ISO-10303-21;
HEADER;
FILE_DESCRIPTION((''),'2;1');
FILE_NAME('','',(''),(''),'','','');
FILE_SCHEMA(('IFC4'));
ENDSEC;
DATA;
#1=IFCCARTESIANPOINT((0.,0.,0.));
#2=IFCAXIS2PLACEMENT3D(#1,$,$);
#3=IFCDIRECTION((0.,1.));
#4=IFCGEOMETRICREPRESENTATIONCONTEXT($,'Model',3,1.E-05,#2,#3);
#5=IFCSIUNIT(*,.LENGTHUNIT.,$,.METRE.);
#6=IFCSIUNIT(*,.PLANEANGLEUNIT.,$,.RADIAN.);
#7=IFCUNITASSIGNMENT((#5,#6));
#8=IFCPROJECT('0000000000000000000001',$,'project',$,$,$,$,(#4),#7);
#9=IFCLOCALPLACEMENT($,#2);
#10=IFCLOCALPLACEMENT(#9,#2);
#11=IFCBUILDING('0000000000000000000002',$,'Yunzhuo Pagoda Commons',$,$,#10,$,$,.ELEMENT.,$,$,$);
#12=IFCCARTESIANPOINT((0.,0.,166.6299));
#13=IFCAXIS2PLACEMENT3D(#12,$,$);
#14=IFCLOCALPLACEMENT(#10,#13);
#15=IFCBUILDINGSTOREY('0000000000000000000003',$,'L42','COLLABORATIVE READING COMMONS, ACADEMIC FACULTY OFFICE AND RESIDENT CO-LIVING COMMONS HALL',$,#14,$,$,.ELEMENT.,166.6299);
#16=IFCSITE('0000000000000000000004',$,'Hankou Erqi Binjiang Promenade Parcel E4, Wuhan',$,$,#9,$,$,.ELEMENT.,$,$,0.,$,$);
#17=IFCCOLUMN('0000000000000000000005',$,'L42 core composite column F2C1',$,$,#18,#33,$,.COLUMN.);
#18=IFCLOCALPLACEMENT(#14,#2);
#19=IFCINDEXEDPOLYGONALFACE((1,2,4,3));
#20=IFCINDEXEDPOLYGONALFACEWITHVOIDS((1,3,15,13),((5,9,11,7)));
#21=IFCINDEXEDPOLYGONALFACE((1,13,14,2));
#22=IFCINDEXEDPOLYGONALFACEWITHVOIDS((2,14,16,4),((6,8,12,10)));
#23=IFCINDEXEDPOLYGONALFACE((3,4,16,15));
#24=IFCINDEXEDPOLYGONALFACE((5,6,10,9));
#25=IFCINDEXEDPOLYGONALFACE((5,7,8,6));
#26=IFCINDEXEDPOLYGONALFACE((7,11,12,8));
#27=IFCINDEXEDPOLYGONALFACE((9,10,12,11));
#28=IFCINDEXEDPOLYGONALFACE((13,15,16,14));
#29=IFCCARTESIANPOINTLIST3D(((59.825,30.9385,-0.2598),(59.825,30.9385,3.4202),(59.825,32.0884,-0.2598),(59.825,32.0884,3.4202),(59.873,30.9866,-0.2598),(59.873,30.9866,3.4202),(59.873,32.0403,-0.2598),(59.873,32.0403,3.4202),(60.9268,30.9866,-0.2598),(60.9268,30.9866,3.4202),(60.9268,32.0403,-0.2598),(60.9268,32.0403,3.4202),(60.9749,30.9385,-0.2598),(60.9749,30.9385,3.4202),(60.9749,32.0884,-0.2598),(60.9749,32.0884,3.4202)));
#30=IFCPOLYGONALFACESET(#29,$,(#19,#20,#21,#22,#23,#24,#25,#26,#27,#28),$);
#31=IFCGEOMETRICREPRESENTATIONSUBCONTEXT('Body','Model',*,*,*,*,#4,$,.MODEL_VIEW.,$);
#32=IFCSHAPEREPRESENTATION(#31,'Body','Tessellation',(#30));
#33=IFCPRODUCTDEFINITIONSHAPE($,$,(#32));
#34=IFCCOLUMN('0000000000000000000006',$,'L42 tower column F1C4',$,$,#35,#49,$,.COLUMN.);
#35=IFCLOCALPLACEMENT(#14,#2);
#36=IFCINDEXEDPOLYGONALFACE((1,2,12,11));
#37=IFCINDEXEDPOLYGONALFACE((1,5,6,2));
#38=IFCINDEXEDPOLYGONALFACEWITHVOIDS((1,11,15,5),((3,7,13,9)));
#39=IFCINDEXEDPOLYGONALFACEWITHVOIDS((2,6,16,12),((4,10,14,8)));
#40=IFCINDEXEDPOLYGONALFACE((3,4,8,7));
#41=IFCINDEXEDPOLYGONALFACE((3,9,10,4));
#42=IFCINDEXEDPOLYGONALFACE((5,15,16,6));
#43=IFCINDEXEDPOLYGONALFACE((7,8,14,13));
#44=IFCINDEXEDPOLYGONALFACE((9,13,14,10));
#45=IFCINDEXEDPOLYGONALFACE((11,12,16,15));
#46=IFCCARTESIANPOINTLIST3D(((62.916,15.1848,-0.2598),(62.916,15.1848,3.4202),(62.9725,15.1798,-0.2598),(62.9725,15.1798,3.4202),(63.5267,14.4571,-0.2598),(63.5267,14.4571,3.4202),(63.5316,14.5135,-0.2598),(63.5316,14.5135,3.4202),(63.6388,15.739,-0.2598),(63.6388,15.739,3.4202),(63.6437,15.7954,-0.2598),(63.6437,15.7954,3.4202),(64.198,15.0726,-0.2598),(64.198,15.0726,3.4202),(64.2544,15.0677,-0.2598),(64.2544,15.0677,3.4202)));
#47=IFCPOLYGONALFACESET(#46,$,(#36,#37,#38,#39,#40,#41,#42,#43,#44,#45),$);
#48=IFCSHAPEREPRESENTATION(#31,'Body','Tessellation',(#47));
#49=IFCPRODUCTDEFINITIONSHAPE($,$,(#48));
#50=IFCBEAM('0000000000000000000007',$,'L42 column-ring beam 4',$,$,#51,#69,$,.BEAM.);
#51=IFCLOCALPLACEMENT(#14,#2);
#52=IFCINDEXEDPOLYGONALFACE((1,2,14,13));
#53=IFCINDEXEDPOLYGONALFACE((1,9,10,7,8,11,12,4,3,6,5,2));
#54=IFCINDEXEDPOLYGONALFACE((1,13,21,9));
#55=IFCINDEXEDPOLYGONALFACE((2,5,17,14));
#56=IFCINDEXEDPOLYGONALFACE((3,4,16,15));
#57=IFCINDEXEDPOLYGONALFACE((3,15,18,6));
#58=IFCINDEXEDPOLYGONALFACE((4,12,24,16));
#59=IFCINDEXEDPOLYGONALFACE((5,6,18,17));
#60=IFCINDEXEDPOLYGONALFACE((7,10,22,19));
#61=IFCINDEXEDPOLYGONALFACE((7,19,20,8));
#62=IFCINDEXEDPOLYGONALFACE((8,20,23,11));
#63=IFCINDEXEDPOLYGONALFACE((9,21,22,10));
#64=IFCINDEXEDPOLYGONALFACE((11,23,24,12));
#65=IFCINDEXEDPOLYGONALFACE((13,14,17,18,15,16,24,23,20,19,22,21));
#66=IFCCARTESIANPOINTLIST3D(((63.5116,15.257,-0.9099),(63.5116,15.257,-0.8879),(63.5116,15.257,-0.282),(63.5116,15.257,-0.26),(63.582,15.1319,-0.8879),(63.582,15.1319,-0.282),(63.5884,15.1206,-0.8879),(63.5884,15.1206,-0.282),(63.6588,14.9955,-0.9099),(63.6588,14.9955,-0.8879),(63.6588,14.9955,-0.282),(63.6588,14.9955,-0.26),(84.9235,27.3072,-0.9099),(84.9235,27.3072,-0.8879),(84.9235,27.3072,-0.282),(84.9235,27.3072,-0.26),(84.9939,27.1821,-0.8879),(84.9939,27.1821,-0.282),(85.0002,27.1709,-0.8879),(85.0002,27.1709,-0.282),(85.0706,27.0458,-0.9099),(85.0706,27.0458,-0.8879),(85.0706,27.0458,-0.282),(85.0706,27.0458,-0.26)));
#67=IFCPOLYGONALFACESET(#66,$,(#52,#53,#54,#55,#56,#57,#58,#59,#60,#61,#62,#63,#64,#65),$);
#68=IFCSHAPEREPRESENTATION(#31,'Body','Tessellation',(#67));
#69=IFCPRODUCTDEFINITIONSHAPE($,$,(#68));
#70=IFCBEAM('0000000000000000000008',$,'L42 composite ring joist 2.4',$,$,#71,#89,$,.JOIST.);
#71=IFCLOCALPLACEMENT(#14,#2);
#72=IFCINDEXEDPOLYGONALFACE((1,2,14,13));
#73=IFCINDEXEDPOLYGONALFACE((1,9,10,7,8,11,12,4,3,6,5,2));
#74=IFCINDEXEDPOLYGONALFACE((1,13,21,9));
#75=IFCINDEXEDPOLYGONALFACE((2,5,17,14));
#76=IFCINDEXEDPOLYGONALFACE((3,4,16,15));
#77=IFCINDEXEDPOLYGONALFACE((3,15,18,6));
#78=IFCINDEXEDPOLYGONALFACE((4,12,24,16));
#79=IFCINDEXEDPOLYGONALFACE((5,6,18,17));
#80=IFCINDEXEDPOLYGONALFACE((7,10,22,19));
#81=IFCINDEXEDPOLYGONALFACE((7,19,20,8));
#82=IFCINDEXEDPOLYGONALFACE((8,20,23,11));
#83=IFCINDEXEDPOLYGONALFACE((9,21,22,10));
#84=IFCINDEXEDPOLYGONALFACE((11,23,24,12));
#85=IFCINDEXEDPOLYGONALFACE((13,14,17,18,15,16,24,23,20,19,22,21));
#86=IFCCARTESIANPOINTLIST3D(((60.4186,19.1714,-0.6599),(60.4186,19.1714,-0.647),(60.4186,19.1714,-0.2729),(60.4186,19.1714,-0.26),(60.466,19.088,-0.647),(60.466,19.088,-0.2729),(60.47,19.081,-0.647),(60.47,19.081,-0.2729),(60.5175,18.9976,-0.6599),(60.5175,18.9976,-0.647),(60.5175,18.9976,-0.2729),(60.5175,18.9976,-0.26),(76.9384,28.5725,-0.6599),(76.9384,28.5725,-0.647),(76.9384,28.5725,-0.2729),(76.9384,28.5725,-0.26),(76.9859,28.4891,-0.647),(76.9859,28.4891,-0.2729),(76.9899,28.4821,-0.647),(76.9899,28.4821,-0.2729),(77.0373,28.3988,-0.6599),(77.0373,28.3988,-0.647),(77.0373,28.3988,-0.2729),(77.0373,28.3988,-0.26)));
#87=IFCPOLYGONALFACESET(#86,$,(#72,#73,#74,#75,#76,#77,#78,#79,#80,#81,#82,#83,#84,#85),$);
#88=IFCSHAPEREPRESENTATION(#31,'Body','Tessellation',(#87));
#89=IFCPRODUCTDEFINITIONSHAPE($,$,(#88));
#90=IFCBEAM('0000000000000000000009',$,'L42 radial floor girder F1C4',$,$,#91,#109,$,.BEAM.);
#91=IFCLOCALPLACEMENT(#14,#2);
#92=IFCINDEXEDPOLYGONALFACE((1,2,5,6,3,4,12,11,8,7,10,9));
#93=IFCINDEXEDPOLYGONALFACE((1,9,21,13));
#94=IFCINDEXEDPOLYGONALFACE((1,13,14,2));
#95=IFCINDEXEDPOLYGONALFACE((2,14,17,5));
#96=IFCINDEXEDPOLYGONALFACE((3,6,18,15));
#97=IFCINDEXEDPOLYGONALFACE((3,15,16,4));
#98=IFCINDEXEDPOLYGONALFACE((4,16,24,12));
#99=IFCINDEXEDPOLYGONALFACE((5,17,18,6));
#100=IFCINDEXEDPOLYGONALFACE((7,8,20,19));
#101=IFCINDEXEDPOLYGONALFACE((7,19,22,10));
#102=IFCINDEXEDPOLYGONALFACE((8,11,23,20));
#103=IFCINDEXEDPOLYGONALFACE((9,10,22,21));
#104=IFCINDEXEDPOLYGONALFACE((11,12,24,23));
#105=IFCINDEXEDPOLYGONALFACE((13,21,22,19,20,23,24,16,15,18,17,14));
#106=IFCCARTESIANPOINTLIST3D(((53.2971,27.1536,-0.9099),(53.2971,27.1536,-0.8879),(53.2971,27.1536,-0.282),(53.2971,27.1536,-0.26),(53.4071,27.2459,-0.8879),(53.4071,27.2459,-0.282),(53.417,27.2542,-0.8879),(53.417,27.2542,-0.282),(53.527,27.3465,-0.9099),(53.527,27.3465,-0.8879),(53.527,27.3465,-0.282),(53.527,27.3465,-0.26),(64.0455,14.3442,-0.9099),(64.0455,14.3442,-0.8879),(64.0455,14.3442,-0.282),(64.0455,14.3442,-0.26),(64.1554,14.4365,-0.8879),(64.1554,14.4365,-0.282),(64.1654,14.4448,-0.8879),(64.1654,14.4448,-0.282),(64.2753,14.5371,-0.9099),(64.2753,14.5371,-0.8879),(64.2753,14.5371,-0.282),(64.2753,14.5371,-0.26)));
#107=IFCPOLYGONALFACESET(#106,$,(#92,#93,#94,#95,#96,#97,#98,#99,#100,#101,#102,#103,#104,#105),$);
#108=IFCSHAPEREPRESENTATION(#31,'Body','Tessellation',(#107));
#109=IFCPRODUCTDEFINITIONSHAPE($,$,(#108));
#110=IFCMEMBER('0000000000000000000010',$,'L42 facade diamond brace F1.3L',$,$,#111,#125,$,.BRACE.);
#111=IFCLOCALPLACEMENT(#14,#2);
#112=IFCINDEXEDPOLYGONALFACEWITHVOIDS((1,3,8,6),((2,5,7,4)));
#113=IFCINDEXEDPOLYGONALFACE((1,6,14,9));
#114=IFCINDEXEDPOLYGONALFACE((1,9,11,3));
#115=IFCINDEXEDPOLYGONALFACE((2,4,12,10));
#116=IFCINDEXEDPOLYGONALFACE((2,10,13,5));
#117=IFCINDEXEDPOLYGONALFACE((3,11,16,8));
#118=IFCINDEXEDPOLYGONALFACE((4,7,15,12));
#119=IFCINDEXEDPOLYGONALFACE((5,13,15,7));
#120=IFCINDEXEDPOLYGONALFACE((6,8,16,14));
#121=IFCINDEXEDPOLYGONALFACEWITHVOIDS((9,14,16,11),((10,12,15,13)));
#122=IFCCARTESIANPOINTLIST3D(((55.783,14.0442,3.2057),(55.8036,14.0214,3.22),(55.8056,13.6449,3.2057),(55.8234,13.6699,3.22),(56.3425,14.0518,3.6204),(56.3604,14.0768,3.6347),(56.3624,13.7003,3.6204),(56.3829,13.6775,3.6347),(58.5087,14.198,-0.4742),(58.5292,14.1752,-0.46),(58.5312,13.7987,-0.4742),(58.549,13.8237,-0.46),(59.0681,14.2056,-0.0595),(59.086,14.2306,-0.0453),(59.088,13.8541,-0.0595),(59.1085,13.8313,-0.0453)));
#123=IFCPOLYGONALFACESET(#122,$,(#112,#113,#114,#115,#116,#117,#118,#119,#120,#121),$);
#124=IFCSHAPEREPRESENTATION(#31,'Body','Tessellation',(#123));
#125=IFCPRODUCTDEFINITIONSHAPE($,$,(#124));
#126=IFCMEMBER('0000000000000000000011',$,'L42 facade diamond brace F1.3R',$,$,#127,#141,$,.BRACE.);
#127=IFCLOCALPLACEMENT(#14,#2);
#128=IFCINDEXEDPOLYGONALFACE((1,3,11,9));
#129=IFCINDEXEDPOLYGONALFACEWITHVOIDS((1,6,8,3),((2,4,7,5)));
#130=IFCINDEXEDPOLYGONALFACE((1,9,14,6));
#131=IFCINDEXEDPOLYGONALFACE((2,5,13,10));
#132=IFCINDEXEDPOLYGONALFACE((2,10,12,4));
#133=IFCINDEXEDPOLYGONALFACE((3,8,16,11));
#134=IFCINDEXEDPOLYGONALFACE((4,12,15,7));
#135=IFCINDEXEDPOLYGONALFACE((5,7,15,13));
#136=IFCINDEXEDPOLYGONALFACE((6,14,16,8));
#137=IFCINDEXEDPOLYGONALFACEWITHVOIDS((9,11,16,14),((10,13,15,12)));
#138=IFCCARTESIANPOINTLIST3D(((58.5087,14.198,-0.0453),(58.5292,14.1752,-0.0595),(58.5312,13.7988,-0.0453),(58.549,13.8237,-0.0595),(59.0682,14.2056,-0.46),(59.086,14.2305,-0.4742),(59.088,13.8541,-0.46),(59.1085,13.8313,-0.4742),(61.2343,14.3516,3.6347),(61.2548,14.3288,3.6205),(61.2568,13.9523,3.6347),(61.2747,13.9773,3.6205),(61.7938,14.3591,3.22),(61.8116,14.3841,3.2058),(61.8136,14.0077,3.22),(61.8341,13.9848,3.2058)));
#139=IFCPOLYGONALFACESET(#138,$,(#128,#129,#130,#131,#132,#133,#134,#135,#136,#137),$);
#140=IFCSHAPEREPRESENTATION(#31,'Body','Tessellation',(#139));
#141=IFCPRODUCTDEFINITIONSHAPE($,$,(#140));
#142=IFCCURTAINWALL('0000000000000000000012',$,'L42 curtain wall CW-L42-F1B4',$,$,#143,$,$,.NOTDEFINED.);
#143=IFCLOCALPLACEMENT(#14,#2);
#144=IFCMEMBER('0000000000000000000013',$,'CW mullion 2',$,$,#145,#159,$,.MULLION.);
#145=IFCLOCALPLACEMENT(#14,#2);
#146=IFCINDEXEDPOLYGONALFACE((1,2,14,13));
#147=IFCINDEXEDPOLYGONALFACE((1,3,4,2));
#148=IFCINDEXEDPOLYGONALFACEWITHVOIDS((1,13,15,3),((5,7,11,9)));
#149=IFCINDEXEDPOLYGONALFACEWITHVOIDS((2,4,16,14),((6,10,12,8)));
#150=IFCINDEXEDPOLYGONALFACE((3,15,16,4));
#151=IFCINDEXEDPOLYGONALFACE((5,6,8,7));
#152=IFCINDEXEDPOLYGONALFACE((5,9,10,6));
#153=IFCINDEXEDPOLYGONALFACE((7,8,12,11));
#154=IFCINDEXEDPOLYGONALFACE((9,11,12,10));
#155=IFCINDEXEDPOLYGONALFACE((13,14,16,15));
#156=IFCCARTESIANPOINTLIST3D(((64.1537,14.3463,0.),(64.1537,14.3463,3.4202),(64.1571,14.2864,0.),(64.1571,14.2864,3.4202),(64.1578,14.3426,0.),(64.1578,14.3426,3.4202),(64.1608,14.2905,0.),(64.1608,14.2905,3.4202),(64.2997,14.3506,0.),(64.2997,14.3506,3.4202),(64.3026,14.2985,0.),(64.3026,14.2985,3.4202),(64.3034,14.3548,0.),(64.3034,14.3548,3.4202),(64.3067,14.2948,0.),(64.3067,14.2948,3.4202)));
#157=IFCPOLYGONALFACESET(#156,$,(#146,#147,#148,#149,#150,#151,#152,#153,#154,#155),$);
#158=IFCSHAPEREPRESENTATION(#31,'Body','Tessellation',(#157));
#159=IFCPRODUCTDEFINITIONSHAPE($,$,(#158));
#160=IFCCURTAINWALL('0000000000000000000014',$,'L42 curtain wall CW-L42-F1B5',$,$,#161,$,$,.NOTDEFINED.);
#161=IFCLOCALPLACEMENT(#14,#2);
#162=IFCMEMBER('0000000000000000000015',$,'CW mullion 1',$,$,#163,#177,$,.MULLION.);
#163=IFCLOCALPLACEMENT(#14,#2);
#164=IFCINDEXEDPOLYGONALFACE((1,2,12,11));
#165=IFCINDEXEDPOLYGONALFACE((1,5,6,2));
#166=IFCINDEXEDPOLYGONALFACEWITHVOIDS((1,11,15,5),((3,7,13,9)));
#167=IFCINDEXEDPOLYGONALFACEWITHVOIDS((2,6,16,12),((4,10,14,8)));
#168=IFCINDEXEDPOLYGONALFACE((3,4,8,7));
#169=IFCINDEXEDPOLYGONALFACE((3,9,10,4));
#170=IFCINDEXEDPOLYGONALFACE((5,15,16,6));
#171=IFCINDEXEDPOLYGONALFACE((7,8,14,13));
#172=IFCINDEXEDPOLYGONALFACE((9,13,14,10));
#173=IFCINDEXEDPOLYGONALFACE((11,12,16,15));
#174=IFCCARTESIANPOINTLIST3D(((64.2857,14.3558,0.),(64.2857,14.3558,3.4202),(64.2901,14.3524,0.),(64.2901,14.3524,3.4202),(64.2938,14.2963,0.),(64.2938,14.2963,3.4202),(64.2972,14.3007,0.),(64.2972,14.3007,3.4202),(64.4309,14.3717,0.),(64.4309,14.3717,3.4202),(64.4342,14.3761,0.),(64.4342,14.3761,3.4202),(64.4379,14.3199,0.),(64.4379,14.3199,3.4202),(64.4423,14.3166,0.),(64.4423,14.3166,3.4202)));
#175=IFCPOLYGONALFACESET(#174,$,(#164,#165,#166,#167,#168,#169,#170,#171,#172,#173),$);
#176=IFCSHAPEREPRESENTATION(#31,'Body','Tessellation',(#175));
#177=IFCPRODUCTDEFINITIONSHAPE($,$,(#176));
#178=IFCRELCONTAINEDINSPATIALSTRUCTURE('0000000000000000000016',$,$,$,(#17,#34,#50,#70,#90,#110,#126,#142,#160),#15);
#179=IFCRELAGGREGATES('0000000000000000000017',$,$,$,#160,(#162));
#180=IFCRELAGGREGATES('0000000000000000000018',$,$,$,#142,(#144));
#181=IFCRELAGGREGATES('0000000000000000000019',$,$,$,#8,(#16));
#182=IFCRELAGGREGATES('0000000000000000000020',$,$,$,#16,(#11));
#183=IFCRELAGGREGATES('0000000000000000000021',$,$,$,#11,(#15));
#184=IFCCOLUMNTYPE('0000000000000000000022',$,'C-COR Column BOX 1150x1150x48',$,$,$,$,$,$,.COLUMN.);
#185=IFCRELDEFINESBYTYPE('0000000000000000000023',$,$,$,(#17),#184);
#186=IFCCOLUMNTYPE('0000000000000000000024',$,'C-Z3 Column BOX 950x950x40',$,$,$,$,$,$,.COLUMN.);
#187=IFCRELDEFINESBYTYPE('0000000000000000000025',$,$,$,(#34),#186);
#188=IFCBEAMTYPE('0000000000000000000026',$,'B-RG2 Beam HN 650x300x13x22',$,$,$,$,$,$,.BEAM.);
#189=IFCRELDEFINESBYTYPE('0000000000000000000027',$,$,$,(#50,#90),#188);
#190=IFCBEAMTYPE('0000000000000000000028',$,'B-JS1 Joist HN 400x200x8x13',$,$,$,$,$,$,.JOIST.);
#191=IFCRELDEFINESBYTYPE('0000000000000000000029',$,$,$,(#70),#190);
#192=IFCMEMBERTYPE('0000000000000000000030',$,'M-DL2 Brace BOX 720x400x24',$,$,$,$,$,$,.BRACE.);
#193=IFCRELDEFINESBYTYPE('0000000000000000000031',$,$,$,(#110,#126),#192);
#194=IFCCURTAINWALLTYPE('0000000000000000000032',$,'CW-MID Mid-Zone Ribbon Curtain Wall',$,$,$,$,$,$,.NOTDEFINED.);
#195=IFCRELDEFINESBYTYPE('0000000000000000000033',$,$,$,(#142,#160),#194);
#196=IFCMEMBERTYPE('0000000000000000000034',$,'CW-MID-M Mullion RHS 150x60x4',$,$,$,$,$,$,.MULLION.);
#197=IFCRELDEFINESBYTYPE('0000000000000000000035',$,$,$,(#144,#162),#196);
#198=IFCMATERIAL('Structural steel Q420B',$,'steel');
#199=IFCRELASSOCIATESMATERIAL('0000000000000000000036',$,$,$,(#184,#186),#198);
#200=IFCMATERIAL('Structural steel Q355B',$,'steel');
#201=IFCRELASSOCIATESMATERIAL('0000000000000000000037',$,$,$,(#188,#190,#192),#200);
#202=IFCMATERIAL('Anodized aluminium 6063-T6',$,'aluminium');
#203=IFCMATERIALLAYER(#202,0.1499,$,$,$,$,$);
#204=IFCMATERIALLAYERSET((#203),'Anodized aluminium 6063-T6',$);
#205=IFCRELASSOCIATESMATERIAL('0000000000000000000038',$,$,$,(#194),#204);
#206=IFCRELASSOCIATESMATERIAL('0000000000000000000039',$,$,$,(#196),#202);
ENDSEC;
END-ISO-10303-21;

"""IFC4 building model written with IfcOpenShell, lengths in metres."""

from ifc_helpers import new_model, si_unit, direction, frame, origin, origin_2d, place, context, subcontext, project, spatial, hollow_rectangle, i_section, extrude, source, transform, mapped, material, layer, layer_set, material_profile, profile_set, type_object, element, aggregate, save


model = new_model("IFC4")

# Units and contexts
model_context = context("Model", 3, precision=1e-05, world=origin(), true_north=direction((0.0, 1.0)))
body_context = subcontext(model_context, "Body", "Model", "MODEL_VIEW")
ifc_project = project(units=[si_unit("LENGTHUNIT", "METRE"), si_unit("PLANEANGLEUNIT", "RADIAN")], contexts=[model_context])

# Site, building, storey
site_placement = place(None, origin())
site = spatial("IfcSite", under=ifc_project, at=site_placement, Name="Hankou Erqi Binjiang Promenade Parcel E4, Wuhan", CompositionType="ELEMENT", RefElevation=0.0)
building_placement = place(site_placement, origin())
building = spatial("IfcBuilding", under=site, at=building_placement, Name="Yunzhuo Pagoda Commons", CompositionType="ELEMENT")
storey_placement = place(building_placement, frame((0.0, 0.0, 166.6299)))
storey = spatial("IfcBuildingStorey", under=building, at=storey_placement, Name="L42", Description="COLLABORATIVE READING COMMONS, ACADEMIC FACULTY OFFICE AND RESIDENT CO-LIVING COMMONS HALL", CompositionType="ELEMENT", Elevation=166.6299)

# Columns
ifc_material_1 = material(Name="Structural steel Q420B", Category="steel")
ifc_material_profile_1 = material_profile(ifc_material_1, hollow_rectangle(XDim=1.1499, YDim=1.1499, WallThickness=0.0481, at=origin_2d()), Name="Structural steel Q420B")
ifc_profile_set_1 = profile_set([ifc_material_profile_1], Name="Structural steel Q420B")
column_type_1 = type_object("IfcColumnType", Name="C-COR Column BOX 1150x1150x48", PredefinedType="COLUMN", material=ifc_profile_set_1)
shared_shape_1 = source(origin(), body_context, "Body", "SweptSolid", [
    extrude(hollow_rectangle(XDim=1.1499, YDim=1.1499, WallThickness=0.0481, at=origin_2d()), origin(), (0.0, 0.0, 1.0), 3.6799),
])
column_1_placement = place(storey_placement, frame((60.3999, 31.5134, -0.2598), z_axis=(0.0, 0.0, 1.0), x_axis=(1.0, 0.0, 0.0)))
element("IfcColumn", 1, at=column_1_placement, inside=storey, type_object=column_type_1, Name="L42 core composite column F2C1", PredefinedType="COLUMN", context=body_context, shape_type="MappedRepresentation", body=[
    mapped(shared_shape_1, transform((0.0, 0.0, 0.0), scale=1.0)),
])
ifc_material_profile_2 = material_profile(ifc_material_1, hollow_rectangle(XDim=0.95, YDim=0.95, WallThickness=0.04, at=origin_2d()), Name="Structural steel Q420B")
ifc_profile_set_2 = profile_set([ifc_material_profile_2], Name="Structural steel Q420B")
column_type_2 = type_object("IfcColumnType", Name="C-Z3 Column BOX 950x950x40", PredefinedType="COLUMN", material=ifc_profile_set_2)
shared_shape_2 = source(origin(), body_context, "Body", "SweptSolid", [
    extrude(hollow_rectangle(XDim=0.95, YDim=0.95, WallThickness=0.04, at=origin_2d()), origin(), (0.0, 0.0, 1.0), 3.6799),
])
column_2_placement = place(storey_placement, frame((63.5852, 15.1262, -0.2598), z_axis=(0.0, 0.0, 1.0), x_axis=(0.766044, 0.642788, 0.0)))
element("IfcColumn", 2, at=column_2_placement, inside=storey, type_object=column_type_2, Name="L42 tower column F1C4", PredefinedType="COLUMN", context=body_context, shape_type="MappedRepresentation", body=[
    mapped(shared_shape_2, transform((0.0, 0.0, 0.0), scale=1.0)),
])

# Beams
ifc_material_2 = material(Name="Structural steel Q355B", Category="steel")
ifc_material_profile_3 = material_profile(ifc_material_2, i_section(OverallWidth=0.3, OverallDepth=0.6499, WebThickness=0.0129, FlangeThickness=0.022, at=origin_2d()), Name="Structural steel Q355B")
ifc_profile_set_3 = profile_set([ifc_material_profile_3], Name="Structural steel Q355B")
beam_type_1 = type_object("IfcBeamType", Name="B-RG2 Beam HN 650x300x13x22", PredefinedType="BEAM", material=ifc_profile_set_3)
shared_shape_3 = source(origin(), body_context, "Body", "SweptSolid", [
    extrude(i_section(OverallWidth=0.3, OverallDepth=0.6499, WebThickness=0.0129, FlangeThickness=0.022, at=origin_2d()), origin(), (0.0, 0.0, 1.0), 24.5698),
])
beam_1_placement = place(storey_placement, frame((63.5852, 15.1262, -0.585), z_axis=(0.871469, 0.49045, 0.0), x_axis=(-0.49045, 0.871469, 0.0)))
element("IfcBeam", 3, at=beam_1_placement, inside=storey, type_object=beam_type_1, Name="L42 column-ring beam 4", PredefinedType="BEAM", context=body_context, shape_type="MappedRepresentation", body=[
    mapped(shared_shape_3, transform((0.0, 0.0, 0.0), scale=1.0)),
])
ifc_material_profile_4 = material_profile(ifc_material_2, i_section(OverallWidth=0.2, OverallDepth=0.3999, WebThickness=0.0081, FlangeThickness=0.0129, at=origin_2d()), Name="Structural steel Q355B")
ifc_profile_set_4 = profile_set([ifc_material_profile_4], Name="Structural steel Q355B")
beam_type_2 = type_object("IfcBeamType", Name="B-JS1 Joist HN 400x200x8x13", PredefinedType="JOIST", material=ifc_profile_set_4)
shared_shape_4 = source(origin(), body_context, "Body", "SweptSolid", [
    extrude(i_section(OverallWidth=0.2, OverallDepth=0.3999, WebThickness=0.0081, FlangeThickness=0.0129, at=origin_2d()), origin(), (0.0, 0.0, 1.0), 19.0076),
])
beam_2_placement = place(storey_placement, frame((60.468, 19.0845, -0.46), z_axis=(0.86912, 0.494601, 0.0), x_axis=(-0.494601, 0.86912, 0.0)))
element("IfcBeam", 4, at=beam_2_placement, inside=storey, type_object=beam_type_2, Name="L42 composite ring joist 2.4", PredefinedType="JOIST", context=body_context, shape_type="MappedRepresentation", body=[
    mapped(shared_shape_4, transform((0.0, 0.0, 0.0), scale=1.0)),
])
shared_shape_5 = source(origin(), body_context, "Body", "SweptSolid", [
    extrude(i_section(OverallWidth=0.3, OverallDepth=0.6499, WebThickness=0.0129, FlangeThickness=0.022, at=origin_2d()), origin(), (0.0, 0.0, 1.0), 16.7214),
])
beam_3_placement = place(storey_placement, frame((64.1604, 14.4407, -0.585), z_axis=(-0.642787, 0.766045, 0.0), x_axis=(-0.766045, -0.642787, 0.0)))
element("IfcBeam", 5, at=beam_3_placement, inside=storey, type_object=beam_type_1, Name="L42 radial floor girder F1C4", PredefinedType="BEAM", context=body_context, shape_type="MappedRepresentation", body=[
    mapped(shared_shape_5, transform((0.0, 0.0, 0.0), scale=1.0)),
])

# Members
ifc_material_profile_5 = material_profile(ifc_material_2, hollow_rectangle(XDim=0.3999, YDim=0.72, WallThickness=0.0239, at=origin_2d()), Name="Structural steel Q355B")
ifc_profile_set_5 = profile_set([ifc_material_profile_5], Name="Structural steel Q355B")
member_type_1 = type_object("IfcMemberType", Name="M-DL2 Brace BOX 720x400x24", PredefinedType="BRACE", material=ifc_profile_set_5)
shared_shape_6 = source(origin(), body_context, "Body", "SweptSolid", [
    extrude(hollow_rectangle(XDim=0.3999, YDim=0.72, WallThickness=0.0239, at=origin_2d()), origin(), (0.0, 0.0, 1.0), 4.582),
])
for number, where, z_axis, x_axis, name in (
    (6, (58.8086, 14.0146, -0.2598), (-0.594851, -0.033568, 0.803135), (0.056342, -0.998412, 0.0), "L42 facade diamond brace F1.3L"),
    (7, (58.8086, 14.0146, -0.2598), (0.594852, 0.033515, 0.803136), (-0.056253, 0.998417, 0.0), "L42 facade diamond brace F1.3R"),
):
    element("IfcMember", number, at=place(storey_placement, frame(where, z_axis=z_axis, x_axis=x_axis)), inside=storey, type_object=member_type_1, Name=name, PredefinedType="BRACE", context=body_context, shape_type="MappedRepresentation", body=[
        mapped(shared_shape_6, transform((0.0, 0.0, 0.0), scale=1.0)),
    ])

# Curtain wall, member
ifc_material_3 = material(Name="Anodized aluminium 6063-T6", Category="aluminium")
ifc_layer_1 = layer(ifc_material_3, 0.1499)
ifc_layer_set_1 = layer_set([ifc_layer_1], Name="Anodized aluminium 6063-T6")
curtain_wall_type = type_object("IfcCurtainWallType", Name="CW-MID Mid-Zone Ribbon Curtain Wall", PredefinedType="NOTDEFINED", material=ifc_layer_set_1)
curtain_wall_1_placement = place(storey_placement, origin())
curtain_wall_1 = element("IfcCurtainWall", 8, at=curtain_wall_1_placement, inside=storey, type_object=curtain_wall_type, Name="L42 curtain wall CW-L42-F1B4", PredefinedType="NOTDEFINED")
ifc_material_profile_6 = material_profile(ifc_material_3, hollow_rectangle(XDim=0.0601, YDim=0.1499, WallThickness=0.0039, at=origin_2d()), Name="Anodized aluminium 6063-T6")
ifc_profile_set_6 = profile_set([ifc_material_profile_6], Name="Anodized aluminium 6063-T6")
member_type_2 = type_object("IfcMemberType", Name="CW-MID-M Mullion RHS 150x60x4", PredefinedType="MULLION", material=ifc_profile_set_6)
shared_shape_7 = source(origin(), body_context, "Body", "SweptSolid", [
    extrude(hollow_rectangle(XDim=0.0601, YDim=0.1499, WallThickness=0.0039, at=origin_2d()), origin(), (0.0, 0.0, 1.0), 3.4202),
])
member_1_placement = place(storey_placement, frame((64.2302, 14.3206, 0.0), z_axis=(0.0, 0.0, 1.0), x_axis=(-0.056299, 0.998414, 0.0)))
member_1 = element("IfcMember", 9, at=member_1_placement, type_object=member_type_2, Name="CW mullion 2", PredefinedType="MULLION", context=body_context, shape_type="MappedRepresentation", body=[
    mapped(shared_shape_7, transform((0.0, 0.0, 0.0), scale=1.0)),
])

# Curtain wall, member
curtain_wall_2_placement = place(storey_placement, origin())
curtain_wall_2 = element("IfcCurtainWall", 10, at=curtain_wall_2_placement, inside=storey, type_object=curtain_wall_type, Name="L42 curtain wall CW-L42-F1B5", PredefinedType="NOTDEFINED")
member_2_placement = place(storey_placement, frame((64.364, 14.3362, 0.0), z_axis=(0.0, 0.0, 1.0), x_axis=(-0.135767, 0.990741, 0.0)))
member_2 = element("IfcMember", 11, at=member_2_placement, type_object=member_type_2, Name="CW mullion 1", PredefinedType="MULLION", context=body_context, shape_type="MappedRepresentation", body=[
    mapped(shared_shape_7, transform((0.0, 0.0, 0.0), scale=1.0)),
])
aggregate(curtain_wall_2, [member_2])

aggregate(curtain_wall_1, [member_1])

save(model, "model.ifc")
